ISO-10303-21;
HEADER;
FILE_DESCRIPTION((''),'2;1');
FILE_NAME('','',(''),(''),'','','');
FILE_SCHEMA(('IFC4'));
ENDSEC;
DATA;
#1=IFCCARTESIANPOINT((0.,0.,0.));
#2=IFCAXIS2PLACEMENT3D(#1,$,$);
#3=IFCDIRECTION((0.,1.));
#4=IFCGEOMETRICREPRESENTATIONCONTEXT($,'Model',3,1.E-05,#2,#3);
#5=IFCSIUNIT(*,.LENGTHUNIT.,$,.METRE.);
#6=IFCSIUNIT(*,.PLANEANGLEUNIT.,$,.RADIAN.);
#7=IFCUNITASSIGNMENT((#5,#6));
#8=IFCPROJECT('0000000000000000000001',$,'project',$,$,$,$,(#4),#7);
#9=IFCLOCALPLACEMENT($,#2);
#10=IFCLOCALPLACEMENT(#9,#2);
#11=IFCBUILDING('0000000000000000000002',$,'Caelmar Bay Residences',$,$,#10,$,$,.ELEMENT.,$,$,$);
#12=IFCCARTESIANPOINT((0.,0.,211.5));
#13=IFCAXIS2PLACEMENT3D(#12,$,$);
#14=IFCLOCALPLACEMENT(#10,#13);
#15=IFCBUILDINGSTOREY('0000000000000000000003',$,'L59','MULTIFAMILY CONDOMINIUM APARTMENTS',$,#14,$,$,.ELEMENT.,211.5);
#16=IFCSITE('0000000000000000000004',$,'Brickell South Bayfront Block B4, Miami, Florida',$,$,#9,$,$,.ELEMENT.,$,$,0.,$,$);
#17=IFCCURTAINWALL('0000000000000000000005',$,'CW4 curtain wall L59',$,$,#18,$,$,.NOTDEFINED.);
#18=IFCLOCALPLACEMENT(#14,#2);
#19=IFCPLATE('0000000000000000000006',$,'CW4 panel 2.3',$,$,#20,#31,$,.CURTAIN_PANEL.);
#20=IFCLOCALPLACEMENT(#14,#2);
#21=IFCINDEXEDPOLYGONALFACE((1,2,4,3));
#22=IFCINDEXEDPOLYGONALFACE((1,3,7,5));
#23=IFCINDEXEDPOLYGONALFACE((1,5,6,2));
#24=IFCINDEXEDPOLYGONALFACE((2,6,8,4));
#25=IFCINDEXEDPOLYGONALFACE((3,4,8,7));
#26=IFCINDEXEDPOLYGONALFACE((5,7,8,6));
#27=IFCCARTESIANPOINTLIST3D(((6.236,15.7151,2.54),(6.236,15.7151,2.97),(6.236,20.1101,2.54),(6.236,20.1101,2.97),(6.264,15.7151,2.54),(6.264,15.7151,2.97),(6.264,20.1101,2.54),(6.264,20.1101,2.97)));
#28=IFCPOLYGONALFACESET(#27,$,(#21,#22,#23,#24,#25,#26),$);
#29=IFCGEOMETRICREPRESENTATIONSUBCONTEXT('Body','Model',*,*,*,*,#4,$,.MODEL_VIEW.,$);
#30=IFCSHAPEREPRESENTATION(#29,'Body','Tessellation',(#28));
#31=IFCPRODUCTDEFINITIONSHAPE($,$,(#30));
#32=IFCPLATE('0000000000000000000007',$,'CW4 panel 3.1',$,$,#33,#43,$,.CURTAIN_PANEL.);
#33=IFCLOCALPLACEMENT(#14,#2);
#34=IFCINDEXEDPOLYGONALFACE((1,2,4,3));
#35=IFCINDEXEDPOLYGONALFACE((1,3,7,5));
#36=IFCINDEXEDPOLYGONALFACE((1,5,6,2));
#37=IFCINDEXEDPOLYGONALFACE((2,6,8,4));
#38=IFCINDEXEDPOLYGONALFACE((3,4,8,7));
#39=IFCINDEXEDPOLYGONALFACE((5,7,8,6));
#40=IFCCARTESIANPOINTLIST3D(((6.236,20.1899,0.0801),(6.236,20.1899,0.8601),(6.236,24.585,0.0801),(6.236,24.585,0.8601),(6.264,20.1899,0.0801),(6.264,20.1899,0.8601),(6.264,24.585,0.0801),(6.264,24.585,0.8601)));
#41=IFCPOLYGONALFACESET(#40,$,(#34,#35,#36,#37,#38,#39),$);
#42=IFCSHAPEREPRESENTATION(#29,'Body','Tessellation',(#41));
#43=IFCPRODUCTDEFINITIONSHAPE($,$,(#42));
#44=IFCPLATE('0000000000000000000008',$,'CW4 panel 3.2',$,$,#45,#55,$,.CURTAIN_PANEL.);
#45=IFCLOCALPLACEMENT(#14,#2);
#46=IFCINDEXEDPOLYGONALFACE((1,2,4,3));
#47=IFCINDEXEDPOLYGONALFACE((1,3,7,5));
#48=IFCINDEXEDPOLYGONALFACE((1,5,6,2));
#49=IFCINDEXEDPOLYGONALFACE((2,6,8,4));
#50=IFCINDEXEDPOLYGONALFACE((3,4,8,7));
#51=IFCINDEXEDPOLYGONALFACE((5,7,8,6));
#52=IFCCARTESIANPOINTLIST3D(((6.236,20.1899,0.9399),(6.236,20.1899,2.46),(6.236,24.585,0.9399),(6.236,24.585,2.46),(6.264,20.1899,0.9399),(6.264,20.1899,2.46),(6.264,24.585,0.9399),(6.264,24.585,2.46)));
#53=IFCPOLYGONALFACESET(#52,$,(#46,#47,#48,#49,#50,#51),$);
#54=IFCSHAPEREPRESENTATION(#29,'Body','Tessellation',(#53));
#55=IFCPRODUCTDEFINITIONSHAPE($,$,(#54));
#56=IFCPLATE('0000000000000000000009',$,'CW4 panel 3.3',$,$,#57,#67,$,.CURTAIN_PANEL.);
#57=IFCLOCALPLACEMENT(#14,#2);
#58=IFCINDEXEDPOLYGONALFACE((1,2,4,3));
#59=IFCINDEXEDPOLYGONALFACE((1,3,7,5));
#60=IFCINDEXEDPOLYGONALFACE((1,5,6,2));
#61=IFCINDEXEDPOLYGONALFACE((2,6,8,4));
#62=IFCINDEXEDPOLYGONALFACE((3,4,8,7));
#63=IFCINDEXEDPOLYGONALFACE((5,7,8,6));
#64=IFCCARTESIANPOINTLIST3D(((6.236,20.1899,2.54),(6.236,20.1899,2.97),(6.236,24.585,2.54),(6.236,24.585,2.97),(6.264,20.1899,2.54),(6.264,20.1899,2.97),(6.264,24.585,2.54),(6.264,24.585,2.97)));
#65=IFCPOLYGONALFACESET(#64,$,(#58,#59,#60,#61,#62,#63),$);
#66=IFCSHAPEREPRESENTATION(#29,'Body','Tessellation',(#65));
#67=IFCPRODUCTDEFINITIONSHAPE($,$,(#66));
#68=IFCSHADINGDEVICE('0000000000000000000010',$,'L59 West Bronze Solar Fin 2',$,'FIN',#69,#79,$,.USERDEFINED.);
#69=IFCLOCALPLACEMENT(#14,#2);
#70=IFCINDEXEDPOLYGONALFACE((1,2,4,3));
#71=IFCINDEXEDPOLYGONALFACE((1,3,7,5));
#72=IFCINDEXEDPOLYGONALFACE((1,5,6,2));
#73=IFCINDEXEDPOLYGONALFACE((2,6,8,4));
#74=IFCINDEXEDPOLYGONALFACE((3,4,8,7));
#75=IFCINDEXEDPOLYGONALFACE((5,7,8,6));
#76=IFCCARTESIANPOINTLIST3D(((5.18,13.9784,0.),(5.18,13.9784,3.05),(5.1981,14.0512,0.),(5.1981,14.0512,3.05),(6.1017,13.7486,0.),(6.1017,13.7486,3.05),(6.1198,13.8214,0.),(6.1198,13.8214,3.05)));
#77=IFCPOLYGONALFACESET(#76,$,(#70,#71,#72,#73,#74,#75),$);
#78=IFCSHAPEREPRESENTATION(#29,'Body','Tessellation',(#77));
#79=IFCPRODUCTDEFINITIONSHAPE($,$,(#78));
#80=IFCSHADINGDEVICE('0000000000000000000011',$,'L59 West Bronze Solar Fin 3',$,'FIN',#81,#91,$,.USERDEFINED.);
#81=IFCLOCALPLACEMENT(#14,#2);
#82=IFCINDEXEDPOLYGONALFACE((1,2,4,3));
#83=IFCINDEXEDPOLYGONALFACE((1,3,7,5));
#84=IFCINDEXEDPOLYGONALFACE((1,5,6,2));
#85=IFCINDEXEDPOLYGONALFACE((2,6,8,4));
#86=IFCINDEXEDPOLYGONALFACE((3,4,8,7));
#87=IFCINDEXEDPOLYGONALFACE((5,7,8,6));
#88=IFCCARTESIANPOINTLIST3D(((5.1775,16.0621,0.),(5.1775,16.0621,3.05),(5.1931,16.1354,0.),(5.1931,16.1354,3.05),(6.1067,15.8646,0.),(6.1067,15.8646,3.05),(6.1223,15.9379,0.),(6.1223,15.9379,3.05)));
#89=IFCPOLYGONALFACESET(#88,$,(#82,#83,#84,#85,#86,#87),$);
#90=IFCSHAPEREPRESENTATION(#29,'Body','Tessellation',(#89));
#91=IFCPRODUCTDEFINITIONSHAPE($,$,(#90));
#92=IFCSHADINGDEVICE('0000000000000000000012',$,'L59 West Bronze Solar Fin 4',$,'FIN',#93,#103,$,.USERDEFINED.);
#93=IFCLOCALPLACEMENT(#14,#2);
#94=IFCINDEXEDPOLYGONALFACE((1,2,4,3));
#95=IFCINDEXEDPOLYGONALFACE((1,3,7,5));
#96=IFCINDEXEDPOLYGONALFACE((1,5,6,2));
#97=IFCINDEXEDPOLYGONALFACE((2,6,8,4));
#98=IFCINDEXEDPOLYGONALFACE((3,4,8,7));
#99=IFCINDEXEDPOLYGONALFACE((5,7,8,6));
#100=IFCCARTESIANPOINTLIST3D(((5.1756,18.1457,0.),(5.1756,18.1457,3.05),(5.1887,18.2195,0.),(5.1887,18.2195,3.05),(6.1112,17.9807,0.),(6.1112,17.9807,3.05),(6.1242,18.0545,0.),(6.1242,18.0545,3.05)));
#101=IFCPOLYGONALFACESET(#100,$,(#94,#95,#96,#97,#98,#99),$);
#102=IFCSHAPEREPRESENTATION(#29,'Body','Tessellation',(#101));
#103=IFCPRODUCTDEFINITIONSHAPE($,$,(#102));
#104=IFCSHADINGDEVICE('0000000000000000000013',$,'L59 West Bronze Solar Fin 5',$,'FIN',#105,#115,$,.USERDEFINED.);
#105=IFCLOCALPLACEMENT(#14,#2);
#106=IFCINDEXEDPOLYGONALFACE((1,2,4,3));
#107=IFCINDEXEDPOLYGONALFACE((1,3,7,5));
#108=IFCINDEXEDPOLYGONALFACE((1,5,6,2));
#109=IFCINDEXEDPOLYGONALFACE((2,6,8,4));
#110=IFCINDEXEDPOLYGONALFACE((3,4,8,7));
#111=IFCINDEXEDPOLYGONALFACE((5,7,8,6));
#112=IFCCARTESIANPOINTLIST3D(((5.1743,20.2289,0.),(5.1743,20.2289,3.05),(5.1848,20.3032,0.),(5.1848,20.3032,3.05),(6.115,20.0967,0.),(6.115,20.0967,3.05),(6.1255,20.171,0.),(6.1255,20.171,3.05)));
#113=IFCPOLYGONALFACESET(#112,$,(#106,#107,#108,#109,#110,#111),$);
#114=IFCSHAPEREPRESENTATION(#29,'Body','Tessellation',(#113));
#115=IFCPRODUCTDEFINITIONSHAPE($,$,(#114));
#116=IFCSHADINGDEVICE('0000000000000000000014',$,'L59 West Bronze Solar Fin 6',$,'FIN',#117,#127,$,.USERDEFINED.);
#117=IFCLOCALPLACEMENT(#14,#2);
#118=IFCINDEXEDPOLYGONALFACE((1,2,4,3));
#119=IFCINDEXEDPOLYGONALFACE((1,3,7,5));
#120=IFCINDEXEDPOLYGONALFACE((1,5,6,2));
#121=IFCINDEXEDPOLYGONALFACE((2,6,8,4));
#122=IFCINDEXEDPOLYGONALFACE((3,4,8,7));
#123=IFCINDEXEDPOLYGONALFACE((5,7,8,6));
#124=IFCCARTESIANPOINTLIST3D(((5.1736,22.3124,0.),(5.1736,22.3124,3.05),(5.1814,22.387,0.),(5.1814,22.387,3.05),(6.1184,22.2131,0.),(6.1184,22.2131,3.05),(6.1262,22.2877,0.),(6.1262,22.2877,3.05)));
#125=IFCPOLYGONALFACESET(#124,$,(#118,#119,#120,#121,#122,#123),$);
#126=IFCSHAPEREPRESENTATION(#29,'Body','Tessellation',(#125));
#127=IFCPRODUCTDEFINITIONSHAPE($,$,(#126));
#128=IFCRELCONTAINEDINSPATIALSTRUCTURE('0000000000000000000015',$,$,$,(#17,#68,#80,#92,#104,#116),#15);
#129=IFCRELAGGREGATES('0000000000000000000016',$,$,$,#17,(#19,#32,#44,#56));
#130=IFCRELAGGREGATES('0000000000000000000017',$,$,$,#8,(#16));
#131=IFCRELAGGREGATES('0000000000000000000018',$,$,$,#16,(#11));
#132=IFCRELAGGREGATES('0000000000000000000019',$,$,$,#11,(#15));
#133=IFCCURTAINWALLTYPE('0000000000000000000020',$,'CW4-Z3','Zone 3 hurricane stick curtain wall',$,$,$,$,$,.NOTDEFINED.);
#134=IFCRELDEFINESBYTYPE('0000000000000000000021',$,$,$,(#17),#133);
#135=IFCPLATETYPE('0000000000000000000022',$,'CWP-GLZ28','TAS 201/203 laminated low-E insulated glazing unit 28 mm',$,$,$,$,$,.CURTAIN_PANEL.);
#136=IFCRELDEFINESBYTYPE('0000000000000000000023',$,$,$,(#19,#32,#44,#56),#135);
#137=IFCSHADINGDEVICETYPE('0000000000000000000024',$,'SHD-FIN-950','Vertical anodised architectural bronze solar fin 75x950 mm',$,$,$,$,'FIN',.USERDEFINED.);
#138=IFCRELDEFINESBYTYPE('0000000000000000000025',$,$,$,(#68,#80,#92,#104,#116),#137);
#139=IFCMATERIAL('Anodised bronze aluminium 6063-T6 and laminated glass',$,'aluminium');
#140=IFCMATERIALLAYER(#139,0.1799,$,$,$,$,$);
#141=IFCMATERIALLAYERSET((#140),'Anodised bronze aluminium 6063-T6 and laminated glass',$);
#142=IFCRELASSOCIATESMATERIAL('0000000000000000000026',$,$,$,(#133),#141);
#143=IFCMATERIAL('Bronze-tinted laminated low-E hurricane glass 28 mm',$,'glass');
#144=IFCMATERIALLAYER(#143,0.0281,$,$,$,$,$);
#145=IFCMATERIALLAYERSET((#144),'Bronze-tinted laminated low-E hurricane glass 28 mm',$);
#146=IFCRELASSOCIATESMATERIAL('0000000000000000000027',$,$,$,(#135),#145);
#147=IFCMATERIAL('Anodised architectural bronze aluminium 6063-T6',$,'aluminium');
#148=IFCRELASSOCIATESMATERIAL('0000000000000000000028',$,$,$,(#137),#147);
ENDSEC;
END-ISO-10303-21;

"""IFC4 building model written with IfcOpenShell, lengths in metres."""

from ifc_helpers import new_model, si_unit, direction, frame, origin, origin_2d, place, context, subcontext, project, spatial, rectangle, extrude, material, layer, layer_set, material_profile, profile_set, type_object, element, aggregate, save


model = new_model("IFC4")

# Units and contexts
model_context = context("Model", 3, precision=1e-05, world=origin(), true_north=direction((0.0, 1.0)))
body_context = subcontext(model_context, "Body", "Model", "MODEL_VIEW")
ifc_project = project(units=[si_unit("LENGTHUNIT", "METRE"), si_unit("PLANEANGLEUNIT", "RADIAN")], contexts=[model_context])

# Site, building, storey
site_placement = place(None, origin())
site = spatial("IfcSite", under=ifc_project, at=site_placement, Name="Brickell South Bayfront Block B4, Miami, Florida", CompositionType="ELEMENT", RefElevation=0.0)
building_placement = place(site_placement, origin())
building = spatial("IfcBuilding", under=site, at=building_placement, Name="Caelmar Bay Residences", CompositionType="ELEMENT")
storey_placement = place(building_placement, frame((0.0, 0.0, 211.5)))
storey = spatial("IfcBuildingStorey", under=building, at=storey_placement, Name="L59", Description="MULTIFAMILY CONDOMINIUM APARTMENTS", CompositionType="ELEMENT", Elevation=211.5)

# Curtain wall, plates
ifc_material_1 = material(Name="Anodised bronze aluminium 6063-T6 and laminated glass", Category="aluminium")
ifc_layer_1 = layer(ifc_material_1, 0.1799)
ifc_layer_set_1 = layer_set([ifc_layer_1], Name="Anodised bronze aluminium 6063-T6 and laminated glass")
curtain_wall_type = type_object("IfcCurtainWallType", Name="CW4-Z3", Description="Zone 3 hurricane stick curtain wall", PredefinedType="NOTDEFINED", material=ifc_layer_set_1)
curtain_wall_placement = place(storey_placement, origin())
curtain_wall = element("IfcCurtainWall", 1, at=curtain_wall_placement, inside=storey, type_object=curtain_wall_type, Name="CW4 curtain wall L59", PredefinedType="NOTDEFINED")
ifc_material_2 = material(Name="Bronze-tinted laminated low-E hurricane glass 28 mm", Category="glass")
ifc_layer_2 = layer(ifc_material_2, 0.0281)
ifc_layer_set_2 = layer_set([ifc_layer_2], Name="Bronze-tinted laminated low-E hurricane glass 28 mm")
plate_type = type_object("IfcPlateType", Name="CWP-GLZ28", Description="TAS 201/203 laminated low-E insulated glazing unit 28 mm", PredefinedType="CURTAIN_PANEL", material=ifc_layer_set_2)
plate_1_placement = place(storey_placement, frame((6.25, 17.9126, 2.54), z_axis=(0.0, 0.0, 1.0), x_axis=(0.0, 1.0, 0.0)))
plate_1 = element("IfcPlate", 2, at=plate_1_placement, type_object=plate_type, Name="CW4 panel 2.3", PredefinedType="CURTAIN_PANEL", context=body_context, shape_type="SweptSolid", body=[
    extrude(rectangle(XDim=4.395, YDim=0.0281, at=origin_2d()), origin(), (0.0, 0.0, 1.0), 0.4299),
])
plate_2_placement = place(storey_placement, frame((6.25, 22.3875, 0.0801), z_axis=(0.0, 0.0, 1.0), x_axis=(0.0, 1.0, 0.0)))
plate_2 = element("IfcPlate", 3, at=plate_2_placement, type_object=plate_type, Name="CW4 panel 3.1", PredefinedType="CURTAIN_PANEL", context=body_context, shape_type="SweptSolid", body=[
    extrude(rectangle(XDim=4.395, YDim=0.0281, at=origin_2d()), origin(), (0.0, 0.0, 1.0), 0.78),
])
plate_3_placement = place(storey_placement, frame((6.25, 22.3875, 0.9399), z_axis=(0.0, 0.0, 1.0), x_axis=(0.0, 1.0, 0.0)))
plate_3 = element("IfcPlate", 4, at=plate_3_placement, type_object=plate_type, Name="CW4 panel 3.2", PredefinedType="CURTAIN_PANEL", context=body_context, shape_type="SweptSolid", body=[
    extrude(rectangle(XDim=4.395, YDim=0.0281, at=origin_2d()), origin(), (0.0, 0.0, 1.0), 1.52),
])
plate_4_placement = place(storey_placement, frame((6.25, 22.3875, 2.54), z_axis=(0.0, 0.0, 1.0), x_axis=(0.0, 1.0, 0.0)))
plate_4 = element("IfcPlate", 5, at=plate_4_placement, type_object=plate_type, Name="CW4 panel 3.3", PredefinedType="CURTAIN_PANEL", context=body_context, shape_type="SweptSolid", body=[
    extrude(rectangle(XDim=4.395, YDim=0.0281, at=origin_2d()), origin(), (0.0, 0.0, 1.0), 0.4299),
])
aggregate(curtain_wall, [plate_1, plate_2, plate_3, plate_4])

# Shading devices
ifc_material_3 = material(Name="Anodised architectural bronze aluminium 6063-T6", Category="aluminium")
ifc_material_profile_1 = material_profile(ifc_material_3, rectangle(XDim=0.075, YDim=0.95, at=origin_2d()), Name="BRONZE-FIN-75X950")
ifc_profile_set_1 = profile_set([ifc_material_profile_1], Name="Anodised architectural bronze aluminium 6063-T6")
shading_device_type = type_object("IfcShadingDeviceType", Name="SHD-FIN-950", Description="Vertical anodised architectural bronze solar fin 75x950 mm", ElementType="FIN", PredefinedType="USERDEFINED", material=ifc_profile_set_1)
for number, where, z_axis, x_axis, name in (
    (6, (5.6499, 13.8999, 0.0), (0.0, 0.0, 1.0), (0.241922, 0.970296, 0.0), "L59 West Bronze Solar Fin 2"),
    (7, (5.6499, 16.0, 0.0), (0.0, 0.0, 1.0), (0.207912, 0.978148, 0.0), "L59 West Bronze Solar Fin 3"),
    (8, (5.6499, 18.1001, 0.0), (0.0, 0.0, 1.0), (0.173648, 0.984808, 0.0), "L59 West Bronze Solar Fin 4"),
    (9, (5.6499, 20.2, 0.0), (0.0, 0.0, 1.0), (0.139173, 0.990268, 0.0), "L59 West Bronze Solar Fin 5"),
    (10, (5.6499, 22.3, 0.0), (0.0, 0.0, 1.0), (0.104528, 0.994522, 0.0), "L59 West Bronze Solar Fin 6"),
):
    element("IfcShadingDevice", number, at=place(storey_placement, frame(where, z_axis=z_axis, x_axis=x_axis)), inside=storey, type_object=shading_device_type, Name=name, ObjectType="FIN", PredefinedType="USERDEFINED", context=body_context, shape_type="SweptSolid", body=[
        extrude(rectangle(XDim=0.075, YDim=0.95, at=origin_2d()), origin(), (0.0, 0.0, 1.0), 3.05),
    ])

save(model, "model.ifc")
